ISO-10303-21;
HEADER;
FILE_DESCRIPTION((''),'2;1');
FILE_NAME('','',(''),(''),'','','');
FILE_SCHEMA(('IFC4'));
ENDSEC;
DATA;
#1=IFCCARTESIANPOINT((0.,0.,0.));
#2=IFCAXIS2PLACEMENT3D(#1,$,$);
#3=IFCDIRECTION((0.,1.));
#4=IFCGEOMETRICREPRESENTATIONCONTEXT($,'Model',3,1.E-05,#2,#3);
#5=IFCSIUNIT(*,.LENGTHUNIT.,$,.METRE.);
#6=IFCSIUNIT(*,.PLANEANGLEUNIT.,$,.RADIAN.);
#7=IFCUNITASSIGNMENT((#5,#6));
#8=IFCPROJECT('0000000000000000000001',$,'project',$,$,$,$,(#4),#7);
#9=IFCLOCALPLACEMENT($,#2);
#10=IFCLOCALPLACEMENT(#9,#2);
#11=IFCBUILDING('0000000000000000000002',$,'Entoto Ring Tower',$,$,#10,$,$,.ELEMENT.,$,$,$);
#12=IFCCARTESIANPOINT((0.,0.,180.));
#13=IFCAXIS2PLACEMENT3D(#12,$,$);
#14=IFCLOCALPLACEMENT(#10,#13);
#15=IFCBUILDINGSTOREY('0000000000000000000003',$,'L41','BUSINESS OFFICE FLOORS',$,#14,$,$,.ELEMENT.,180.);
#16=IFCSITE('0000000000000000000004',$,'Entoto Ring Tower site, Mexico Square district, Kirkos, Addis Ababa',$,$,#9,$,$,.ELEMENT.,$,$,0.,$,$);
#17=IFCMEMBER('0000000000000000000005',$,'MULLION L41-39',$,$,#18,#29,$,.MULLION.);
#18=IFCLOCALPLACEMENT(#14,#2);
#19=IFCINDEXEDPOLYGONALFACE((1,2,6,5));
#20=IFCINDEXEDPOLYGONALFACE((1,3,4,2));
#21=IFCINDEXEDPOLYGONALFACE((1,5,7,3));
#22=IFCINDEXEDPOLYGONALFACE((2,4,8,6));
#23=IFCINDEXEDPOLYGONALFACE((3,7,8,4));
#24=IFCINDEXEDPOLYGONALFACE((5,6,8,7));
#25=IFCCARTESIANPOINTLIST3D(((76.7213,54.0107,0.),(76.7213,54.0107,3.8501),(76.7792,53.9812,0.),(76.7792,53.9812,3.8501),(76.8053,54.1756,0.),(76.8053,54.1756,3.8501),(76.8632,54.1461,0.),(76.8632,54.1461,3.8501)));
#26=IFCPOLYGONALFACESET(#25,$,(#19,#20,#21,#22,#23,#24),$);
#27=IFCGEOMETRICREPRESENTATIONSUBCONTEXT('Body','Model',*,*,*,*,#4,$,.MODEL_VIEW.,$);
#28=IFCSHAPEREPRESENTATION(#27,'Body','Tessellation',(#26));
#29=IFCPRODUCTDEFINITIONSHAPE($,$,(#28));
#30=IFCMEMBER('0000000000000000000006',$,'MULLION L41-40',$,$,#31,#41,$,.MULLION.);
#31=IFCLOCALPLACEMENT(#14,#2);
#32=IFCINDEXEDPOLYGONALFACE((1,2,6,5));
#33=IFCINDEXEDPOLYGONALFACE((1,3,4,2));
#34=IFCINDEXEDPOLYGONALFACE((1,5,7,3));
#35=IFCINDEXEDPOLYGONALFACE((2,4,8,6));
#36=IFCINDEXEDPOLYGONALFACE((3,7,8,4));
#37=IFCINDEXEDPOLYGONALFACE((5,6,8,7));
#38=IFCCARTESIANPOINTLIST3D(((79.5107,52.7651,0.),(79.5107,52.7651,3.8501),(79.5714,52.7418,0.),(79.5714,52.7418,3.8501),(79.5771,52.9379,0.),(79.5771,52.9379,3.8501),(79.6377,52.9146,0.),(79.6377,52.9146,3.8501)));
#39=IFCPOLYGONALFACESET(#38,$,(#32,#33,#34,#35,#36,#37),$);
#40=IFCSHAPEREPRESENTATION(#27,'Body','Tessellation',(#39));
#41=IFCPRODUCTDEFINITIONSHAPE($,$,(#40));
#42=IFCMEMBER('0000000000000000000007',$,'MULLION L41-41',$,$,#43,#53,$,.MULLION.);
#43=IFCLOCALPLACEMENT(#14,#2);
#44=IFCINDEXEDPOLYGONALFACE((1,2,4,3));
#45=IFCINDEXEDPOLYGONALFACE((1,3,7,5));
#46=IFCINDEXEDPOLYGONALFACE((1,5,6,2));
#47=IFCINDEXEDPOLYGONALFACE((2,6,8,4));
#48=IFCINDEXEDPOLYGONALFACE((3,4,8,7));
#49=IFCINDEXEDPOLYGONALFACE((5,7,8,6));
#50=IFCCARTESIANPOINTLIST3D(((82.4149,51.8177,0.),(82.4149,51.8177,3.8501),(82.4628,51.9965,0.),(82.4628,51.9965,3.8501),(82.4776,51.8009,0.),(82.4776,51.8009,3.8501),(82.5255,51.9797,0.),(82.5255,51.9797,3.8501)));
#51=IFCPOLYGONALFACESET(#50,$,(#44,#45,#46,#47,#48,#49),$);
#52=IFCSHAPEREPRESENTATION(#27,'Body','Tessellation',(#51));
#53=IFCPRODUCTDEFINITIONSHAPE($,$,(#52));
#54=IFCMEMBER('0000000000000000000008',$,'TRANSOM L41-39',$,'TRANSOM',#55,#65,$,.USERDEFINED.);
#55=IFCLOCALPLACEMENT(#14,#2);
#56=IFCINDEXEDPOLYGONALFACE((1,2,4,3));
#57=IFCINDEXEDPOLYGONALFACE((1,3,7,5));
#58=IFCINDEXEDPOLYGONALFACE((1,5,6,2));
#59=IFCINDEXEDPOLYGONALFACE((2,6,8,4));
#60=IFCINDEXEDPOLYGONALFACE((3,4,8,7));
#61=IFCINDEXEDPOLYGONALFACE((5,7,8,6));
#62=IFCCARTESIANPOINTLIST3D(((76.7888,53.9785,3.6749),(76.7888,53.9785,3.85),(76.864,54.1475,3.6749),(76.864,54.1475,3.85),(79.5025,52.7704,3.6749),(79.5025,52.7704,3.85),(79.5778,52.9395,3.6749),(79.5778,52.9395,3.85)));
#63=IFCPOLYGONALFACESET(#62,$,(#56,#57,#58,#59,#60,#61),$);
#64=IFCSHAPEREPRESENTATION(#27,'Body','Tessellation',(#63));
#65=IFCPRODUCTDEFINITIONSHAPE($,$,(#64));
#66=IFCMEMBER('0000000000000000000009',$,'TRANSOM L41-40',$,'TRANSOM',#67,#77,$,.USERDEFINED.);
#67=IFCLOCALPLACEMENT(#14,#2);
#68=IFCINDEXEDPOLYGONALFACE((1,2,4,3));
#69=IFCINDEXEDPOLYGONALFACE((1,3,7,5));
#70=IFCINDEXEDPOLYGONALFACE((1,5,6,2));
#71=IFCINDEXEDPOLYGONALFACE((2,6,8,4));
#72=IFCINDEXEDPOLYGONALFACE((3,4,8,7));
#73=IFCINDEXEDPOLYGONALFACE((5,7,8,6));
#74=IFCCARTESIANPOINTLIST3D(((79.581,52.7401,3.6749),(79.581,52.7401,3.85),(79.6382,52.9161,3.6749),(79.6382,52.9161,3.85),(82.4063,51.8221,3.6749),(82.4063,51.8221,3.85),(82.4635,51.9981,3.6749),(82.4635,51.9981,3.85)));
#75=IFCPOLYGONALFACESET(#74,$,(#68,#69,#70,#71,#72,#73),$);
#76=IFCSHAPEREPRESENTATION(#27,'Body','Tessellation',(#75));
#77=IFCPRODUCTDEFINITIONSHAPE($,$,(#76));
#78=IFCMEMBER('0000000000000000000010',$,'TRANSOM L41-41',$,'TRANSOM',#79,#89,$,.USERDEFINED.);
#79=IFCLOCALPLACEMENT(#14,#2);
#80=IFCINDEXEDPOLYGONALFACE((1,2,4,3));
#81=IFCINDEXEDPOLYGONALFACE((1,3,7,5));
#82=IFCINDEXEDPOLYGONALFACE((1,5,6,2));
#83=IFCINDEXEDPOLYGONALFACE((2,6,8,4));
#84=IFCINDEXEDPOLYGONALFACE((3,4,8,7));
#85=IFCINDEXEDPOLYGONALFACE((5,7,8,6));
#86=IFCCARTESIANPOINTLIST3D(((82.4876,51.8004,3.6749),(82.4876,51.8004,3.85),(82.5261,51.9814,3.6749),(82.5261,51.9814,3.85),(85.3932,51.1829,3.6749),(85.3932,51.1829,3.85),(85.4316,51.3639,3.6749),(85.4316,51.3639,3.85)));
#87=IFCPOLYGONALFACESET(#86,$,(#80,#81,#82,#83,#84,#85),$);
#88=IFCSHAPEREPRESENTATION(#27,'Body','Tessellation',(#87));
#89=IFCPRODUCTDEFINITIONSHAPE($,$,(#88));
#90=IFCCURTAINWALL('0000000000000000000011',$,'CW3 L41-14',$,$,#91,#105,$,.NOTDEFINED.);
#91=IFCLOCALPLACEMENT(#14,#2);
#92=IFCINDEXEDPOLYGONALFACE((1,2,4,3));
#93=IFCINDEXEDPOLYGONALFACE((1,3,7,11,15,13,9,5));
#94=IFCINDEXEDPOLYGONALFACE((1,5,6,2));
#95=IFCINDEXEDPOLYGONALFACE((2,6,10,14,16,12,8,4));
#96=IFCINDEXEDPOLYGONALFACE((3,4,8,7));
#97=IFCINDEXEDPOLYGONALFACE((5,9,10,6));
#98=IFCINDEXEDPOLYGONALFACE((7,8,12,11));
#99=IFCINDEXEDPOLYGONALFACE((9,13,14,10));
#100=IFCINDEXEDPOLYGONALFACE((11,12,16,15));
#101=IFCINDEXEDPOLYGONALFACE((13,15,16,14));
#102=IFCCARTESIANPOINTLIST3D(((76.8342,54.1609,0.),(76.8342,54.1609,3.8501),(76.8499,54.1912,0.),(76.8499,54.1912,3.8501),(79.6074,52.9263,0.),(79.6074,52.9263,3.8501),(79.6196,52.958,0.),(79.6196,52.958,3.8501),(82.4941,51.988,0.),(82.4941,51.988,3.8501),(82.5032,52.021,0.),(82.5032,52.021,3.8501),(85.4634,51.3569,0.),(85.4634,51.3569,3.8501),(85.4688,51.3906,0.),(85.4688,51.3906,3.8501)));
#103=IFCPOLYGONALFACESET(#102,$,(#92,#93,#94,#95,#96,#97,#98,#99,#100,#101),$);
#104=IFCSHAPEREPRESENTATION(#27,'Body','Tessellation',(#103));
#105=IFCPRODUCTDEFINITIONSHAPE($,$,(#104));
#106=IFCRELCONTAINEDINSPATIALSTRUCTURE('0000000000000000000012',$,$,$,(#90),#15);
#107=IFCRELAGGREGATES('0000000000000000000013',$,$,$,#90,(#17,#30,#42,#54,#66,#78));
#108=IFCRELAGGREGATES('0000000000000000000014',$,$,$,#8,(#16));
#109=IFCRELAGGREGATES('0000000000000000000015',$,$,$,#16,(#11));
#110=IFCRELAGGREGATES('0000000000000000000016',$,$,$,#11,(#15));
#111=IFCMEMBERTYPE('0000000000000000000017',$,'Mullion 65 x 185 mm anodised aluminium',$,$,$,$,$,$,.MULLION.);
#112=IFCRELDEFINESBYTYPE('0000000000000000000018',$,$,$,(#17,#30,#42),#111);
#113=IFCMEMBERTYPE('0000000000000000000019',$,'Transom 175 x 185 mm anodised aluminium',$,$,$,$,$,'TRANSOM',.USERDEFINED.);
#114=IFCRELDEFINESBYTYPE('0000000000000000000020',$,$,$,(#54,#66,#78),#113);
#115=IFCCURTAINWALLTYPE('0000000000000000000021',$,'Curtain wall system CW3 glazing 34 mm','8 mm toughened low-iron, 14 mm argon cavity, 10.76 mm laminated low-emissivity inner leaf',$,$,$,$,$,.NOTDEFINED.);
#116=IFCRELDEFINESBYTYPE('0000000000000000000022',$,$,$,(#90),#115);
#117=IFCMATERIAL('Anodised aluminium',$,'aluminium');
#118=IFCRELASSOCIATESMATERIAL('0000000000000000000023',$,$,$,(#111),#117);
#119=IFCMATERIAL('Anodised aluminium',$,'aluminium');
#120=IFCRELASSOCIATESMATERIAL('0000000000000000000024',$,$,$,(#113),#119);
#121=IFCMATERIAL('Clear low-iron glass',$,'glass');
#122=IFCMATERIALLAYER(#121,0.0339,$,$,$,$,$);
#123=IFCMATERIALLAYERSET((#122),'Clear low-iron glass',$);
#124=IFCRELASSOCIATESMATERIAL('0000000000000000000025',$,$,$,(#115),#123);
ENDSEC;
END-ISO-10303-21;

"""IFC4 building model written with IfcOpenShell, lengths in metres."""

from ifc_helpers import new_model, si_unit, direction, frame, origin, origin_2d, place, context, subcontext, project, spatial, polyline, rectangle, outline, extrude, material, layer, layer_set, material_profile, profile_set, type_object, element, aggregate, save


model = new_model("IFC4")

# Units and contexts
model_context = context("Model", 3, precision=1e-05, world=origin(), true_north=direction((0.0, 1.0)))
body_context = subcontext(model_context, "Body", "Model", "MODEL_VIEW")
ifc_project = project(units=[si_unit("LENGTHUNIT", "METRE"), si_unit("PLANEANGLEUNIT", "RADIAN")], contexts=[model_context])

# Members
ifc_material_1 = material(Name="Anodised aluminium", Category="aluminium")
ifc_material_profile_1 = material_profile(ifc_material_1, rectangle(XDim=0.0649, YDim=0.1851, at=origin_2d()), Name="Mullion 65 x 185 mm anodised aluminium")
ifc_profile_set_1 = profile_set([ifc_material_profile_1], Name="Anodised aluminium")
member_type_1 = type_object("IfcMemberType", Name="Mullion 65 x 185 mm anodised aluminium", PredefinedType="MULLION", material=ifc_profile_set_1)
site_placement = place(None, origin())
building_placement = place(site_placement, origin())
storey_placement = place(building_placement, frame((0.0, 0.0, 180.0)))
member_1_placement = place(storey_placement, frame((76.7922, 54.0784, 0.0), z_axis=(0.0, 0.0, 1.0), x_axis=(0.891007, -0.45399, 0.0)))
member_1 = element("IfcMember", 1, at=member_1_placement, type_object=member_type_1, Name="MULLION L41-39", PredefinedType="MULLION", context=body_context, shape_type="SweptSolid", body=[
    extrude(rectangle(XDim=0.0649, YDim=0.1851, at=origin_2d()), origin(), (0.0, 0.0, 1.0), 3.8501),
])
member_2_placement = place(storey_placement, frame((79.5742, 52.8398, 0.0), z_axis=(0.0, 0.0, 1.0), x_axis=(0.93358, -0.358368, 0.0)))
member_2 = element("IfcMember", 2, at=member_2_placement, type_object=member_type_1, Name="MULLION L41-40", PredefinedType="MULLION", context=body_context, shape_type="SweptSolid", body=[
    extrude(rectangle(XDim=0.0649, YDim=0.1851, at=origin_2d()), origin(), (0.0, 0.0, 1.0), 3.8501),
])
member_3_placement = place(storey_placement, frame((82.4702, 51.8987, 0.0), z_axis=(0.0, 0.0, 1.0), x_axis=(0.965926, -0.258819, 0.0)))
member_3 = element("IfcMember", 3, at=member_3_placement, type_object=member_type_1, Name="MULLION L41-41", PredefinedType="MULLION", context=body_context, shape_type="SweptSolid", body=[
    extrude(rectangle(XDim=0.0649, YDim=0.1851, at=origin_2d()), origin(), (0.0, 0.0, 1.0), 3.8501),
])
ifc_material_2 = material(Name="Anodised aluminium", Category="aluminium")
ifc_material_profile_2 = material_profile(ifc_material_2, rectangle(XDim=0.1851, YDim=0.175, at=origin_2d()), Name="Transom 175 x 185 mm anodised aluminium")
ifc_profile_set_2 = profile_set([ifc_material_profile_2], Name="Anodised aluminium")
member_type_2 = type_object("IfcMemberType", Name="Transom 175 x 185 mm anodised aluminium", ElementType="TRANSOM", PredefinedType="USERDEFINED", material=ifc_profile_set_2)
member_4_placement = place(storey_placement, frame((76.8264, 54.063, 3.7625), z_axis=(0.913567, -0.406687, 0.0), x_axis=(0.406687, 0.913567, 0.0)))
member_4 = element("IfcMember", 4, at=member_4_placement, type_object=member_type_2, Name="TRANSOM L41-39", ObjectType="TRANSOM", PredefinedType="USERDEFINED", context=body_context, shape_type="SweptSolid", body=[
    extrude(rectangle(XDim=0.1851, YDim=0.175, at=origin_2d()), origin(), (0.0, 0.0, 1.0), 2.9705),
])
member_5_placement = place(storey_placement, frame((79.6096, 52.8281, 3.7625), z_axis=(0.951056, -0.309019, 0.0), x_axis=(0.309019, 0.951056, 0.0)))
member_5 = element("IfcMember", 5, at=member_5_placement, type_object=member_type_2, Name="TRANSOM L41-40", ObjectType="TRANSOM", PredefinedType="USERDEFINED", context=body_context, shape_type="SweptSolid", body=[
    extrude(rectangle(XDim=0.1851, YDim=0.175, at=origin_2d()), origin(), (0.0, 0.0, 1.0), 2.9707),
])
member_6_placement = place(storey_placement, frame((82.5068, 51.8909, 3.7625), z_axis=(0.978158, -0.207862, 0.0), x_axis=(0.207862, 0.978158, 0.0)))
member_6 = element("IfcMember", 6, at=member_6_placement, type_object=member_type_2, Name="TRANSOM L41-41", ObjectType="TRANSOM", PredefinedType="USERDEFINED", context=body_context, shape_type="SweptSolid", body=[
    extrude(rectangle(XDim=0.1851, YDim=0.175, at=origin_2d()), origin(), (0.0, 0.0, 1.0), 2.9705),
])

# Site, building, storey
site = spatial("IfcSite", under=ifc_project, at=site_placement, Name="Entoto Ring Tower site, Mexico Square district, Kirkos, Addis Ababa", CompositionType="ELEMENT", RefElevation=0.0)
building = spatial("IfcBuilding", under=site, at=building_placement, Name="Entoto Ring Tower", CompositionType="ELEMENT")
storey = spatial("IfcBuildingStorey", under=building, at=storey_placement, Name="L41", Description="BUSINESS OFFICE FLOORS", CompositionType="ELEMENT", Elevation=180.0)

# Curtain wall
ifc_material_3 = material(Name="Clear low-iron glass", Category="glass")
ifc_layer = layer(ifc_material_3, 0.0339)
ifc_layer_set = layer_set([ifc_layer], Name="Clear low-iron glass")
curtain_wall_type = type_object("IfcCurtainWallType", Name="Curtain wall system CW3 glazing 34 mm", Description="8 mm toughened low-iron, 14 mm argon cavity, 10.76 mm laminated low-emissivity inner leaf", PredefinedType="NOTDEFINED", material=ifc_layer_set)
curtain_wall_1_placement = place(storey_placement, origin())
curtain_wall_1 = element("IfcCurtainWall", 7, at=curtain_wall_1_placement, inside=storey, type_object=curtain_wall_type, Name="CW3 L41-14", PredefinedType="NOTDEFINED", context=body_context, shape_type="SweptSolid", body=[
    extrude(outline(polyline([(76.8342, 54.1609), (79.6074, 52.9263), (82.4941, 51.988), (85.4634, 51.3569), (85.4688, 51.3906), (82.5032, 52.021), (79.6196, 52.958), (76.8499, 54.1912), (76.8342, 54.1609)])), origin(), (0.0, 0.0, 1.0), 3.8501),
])
aggregate(curtain_wall_1, [member_1, member_2, member_3, member_4, member_5, member_6])

save(model, "model.ifc")
